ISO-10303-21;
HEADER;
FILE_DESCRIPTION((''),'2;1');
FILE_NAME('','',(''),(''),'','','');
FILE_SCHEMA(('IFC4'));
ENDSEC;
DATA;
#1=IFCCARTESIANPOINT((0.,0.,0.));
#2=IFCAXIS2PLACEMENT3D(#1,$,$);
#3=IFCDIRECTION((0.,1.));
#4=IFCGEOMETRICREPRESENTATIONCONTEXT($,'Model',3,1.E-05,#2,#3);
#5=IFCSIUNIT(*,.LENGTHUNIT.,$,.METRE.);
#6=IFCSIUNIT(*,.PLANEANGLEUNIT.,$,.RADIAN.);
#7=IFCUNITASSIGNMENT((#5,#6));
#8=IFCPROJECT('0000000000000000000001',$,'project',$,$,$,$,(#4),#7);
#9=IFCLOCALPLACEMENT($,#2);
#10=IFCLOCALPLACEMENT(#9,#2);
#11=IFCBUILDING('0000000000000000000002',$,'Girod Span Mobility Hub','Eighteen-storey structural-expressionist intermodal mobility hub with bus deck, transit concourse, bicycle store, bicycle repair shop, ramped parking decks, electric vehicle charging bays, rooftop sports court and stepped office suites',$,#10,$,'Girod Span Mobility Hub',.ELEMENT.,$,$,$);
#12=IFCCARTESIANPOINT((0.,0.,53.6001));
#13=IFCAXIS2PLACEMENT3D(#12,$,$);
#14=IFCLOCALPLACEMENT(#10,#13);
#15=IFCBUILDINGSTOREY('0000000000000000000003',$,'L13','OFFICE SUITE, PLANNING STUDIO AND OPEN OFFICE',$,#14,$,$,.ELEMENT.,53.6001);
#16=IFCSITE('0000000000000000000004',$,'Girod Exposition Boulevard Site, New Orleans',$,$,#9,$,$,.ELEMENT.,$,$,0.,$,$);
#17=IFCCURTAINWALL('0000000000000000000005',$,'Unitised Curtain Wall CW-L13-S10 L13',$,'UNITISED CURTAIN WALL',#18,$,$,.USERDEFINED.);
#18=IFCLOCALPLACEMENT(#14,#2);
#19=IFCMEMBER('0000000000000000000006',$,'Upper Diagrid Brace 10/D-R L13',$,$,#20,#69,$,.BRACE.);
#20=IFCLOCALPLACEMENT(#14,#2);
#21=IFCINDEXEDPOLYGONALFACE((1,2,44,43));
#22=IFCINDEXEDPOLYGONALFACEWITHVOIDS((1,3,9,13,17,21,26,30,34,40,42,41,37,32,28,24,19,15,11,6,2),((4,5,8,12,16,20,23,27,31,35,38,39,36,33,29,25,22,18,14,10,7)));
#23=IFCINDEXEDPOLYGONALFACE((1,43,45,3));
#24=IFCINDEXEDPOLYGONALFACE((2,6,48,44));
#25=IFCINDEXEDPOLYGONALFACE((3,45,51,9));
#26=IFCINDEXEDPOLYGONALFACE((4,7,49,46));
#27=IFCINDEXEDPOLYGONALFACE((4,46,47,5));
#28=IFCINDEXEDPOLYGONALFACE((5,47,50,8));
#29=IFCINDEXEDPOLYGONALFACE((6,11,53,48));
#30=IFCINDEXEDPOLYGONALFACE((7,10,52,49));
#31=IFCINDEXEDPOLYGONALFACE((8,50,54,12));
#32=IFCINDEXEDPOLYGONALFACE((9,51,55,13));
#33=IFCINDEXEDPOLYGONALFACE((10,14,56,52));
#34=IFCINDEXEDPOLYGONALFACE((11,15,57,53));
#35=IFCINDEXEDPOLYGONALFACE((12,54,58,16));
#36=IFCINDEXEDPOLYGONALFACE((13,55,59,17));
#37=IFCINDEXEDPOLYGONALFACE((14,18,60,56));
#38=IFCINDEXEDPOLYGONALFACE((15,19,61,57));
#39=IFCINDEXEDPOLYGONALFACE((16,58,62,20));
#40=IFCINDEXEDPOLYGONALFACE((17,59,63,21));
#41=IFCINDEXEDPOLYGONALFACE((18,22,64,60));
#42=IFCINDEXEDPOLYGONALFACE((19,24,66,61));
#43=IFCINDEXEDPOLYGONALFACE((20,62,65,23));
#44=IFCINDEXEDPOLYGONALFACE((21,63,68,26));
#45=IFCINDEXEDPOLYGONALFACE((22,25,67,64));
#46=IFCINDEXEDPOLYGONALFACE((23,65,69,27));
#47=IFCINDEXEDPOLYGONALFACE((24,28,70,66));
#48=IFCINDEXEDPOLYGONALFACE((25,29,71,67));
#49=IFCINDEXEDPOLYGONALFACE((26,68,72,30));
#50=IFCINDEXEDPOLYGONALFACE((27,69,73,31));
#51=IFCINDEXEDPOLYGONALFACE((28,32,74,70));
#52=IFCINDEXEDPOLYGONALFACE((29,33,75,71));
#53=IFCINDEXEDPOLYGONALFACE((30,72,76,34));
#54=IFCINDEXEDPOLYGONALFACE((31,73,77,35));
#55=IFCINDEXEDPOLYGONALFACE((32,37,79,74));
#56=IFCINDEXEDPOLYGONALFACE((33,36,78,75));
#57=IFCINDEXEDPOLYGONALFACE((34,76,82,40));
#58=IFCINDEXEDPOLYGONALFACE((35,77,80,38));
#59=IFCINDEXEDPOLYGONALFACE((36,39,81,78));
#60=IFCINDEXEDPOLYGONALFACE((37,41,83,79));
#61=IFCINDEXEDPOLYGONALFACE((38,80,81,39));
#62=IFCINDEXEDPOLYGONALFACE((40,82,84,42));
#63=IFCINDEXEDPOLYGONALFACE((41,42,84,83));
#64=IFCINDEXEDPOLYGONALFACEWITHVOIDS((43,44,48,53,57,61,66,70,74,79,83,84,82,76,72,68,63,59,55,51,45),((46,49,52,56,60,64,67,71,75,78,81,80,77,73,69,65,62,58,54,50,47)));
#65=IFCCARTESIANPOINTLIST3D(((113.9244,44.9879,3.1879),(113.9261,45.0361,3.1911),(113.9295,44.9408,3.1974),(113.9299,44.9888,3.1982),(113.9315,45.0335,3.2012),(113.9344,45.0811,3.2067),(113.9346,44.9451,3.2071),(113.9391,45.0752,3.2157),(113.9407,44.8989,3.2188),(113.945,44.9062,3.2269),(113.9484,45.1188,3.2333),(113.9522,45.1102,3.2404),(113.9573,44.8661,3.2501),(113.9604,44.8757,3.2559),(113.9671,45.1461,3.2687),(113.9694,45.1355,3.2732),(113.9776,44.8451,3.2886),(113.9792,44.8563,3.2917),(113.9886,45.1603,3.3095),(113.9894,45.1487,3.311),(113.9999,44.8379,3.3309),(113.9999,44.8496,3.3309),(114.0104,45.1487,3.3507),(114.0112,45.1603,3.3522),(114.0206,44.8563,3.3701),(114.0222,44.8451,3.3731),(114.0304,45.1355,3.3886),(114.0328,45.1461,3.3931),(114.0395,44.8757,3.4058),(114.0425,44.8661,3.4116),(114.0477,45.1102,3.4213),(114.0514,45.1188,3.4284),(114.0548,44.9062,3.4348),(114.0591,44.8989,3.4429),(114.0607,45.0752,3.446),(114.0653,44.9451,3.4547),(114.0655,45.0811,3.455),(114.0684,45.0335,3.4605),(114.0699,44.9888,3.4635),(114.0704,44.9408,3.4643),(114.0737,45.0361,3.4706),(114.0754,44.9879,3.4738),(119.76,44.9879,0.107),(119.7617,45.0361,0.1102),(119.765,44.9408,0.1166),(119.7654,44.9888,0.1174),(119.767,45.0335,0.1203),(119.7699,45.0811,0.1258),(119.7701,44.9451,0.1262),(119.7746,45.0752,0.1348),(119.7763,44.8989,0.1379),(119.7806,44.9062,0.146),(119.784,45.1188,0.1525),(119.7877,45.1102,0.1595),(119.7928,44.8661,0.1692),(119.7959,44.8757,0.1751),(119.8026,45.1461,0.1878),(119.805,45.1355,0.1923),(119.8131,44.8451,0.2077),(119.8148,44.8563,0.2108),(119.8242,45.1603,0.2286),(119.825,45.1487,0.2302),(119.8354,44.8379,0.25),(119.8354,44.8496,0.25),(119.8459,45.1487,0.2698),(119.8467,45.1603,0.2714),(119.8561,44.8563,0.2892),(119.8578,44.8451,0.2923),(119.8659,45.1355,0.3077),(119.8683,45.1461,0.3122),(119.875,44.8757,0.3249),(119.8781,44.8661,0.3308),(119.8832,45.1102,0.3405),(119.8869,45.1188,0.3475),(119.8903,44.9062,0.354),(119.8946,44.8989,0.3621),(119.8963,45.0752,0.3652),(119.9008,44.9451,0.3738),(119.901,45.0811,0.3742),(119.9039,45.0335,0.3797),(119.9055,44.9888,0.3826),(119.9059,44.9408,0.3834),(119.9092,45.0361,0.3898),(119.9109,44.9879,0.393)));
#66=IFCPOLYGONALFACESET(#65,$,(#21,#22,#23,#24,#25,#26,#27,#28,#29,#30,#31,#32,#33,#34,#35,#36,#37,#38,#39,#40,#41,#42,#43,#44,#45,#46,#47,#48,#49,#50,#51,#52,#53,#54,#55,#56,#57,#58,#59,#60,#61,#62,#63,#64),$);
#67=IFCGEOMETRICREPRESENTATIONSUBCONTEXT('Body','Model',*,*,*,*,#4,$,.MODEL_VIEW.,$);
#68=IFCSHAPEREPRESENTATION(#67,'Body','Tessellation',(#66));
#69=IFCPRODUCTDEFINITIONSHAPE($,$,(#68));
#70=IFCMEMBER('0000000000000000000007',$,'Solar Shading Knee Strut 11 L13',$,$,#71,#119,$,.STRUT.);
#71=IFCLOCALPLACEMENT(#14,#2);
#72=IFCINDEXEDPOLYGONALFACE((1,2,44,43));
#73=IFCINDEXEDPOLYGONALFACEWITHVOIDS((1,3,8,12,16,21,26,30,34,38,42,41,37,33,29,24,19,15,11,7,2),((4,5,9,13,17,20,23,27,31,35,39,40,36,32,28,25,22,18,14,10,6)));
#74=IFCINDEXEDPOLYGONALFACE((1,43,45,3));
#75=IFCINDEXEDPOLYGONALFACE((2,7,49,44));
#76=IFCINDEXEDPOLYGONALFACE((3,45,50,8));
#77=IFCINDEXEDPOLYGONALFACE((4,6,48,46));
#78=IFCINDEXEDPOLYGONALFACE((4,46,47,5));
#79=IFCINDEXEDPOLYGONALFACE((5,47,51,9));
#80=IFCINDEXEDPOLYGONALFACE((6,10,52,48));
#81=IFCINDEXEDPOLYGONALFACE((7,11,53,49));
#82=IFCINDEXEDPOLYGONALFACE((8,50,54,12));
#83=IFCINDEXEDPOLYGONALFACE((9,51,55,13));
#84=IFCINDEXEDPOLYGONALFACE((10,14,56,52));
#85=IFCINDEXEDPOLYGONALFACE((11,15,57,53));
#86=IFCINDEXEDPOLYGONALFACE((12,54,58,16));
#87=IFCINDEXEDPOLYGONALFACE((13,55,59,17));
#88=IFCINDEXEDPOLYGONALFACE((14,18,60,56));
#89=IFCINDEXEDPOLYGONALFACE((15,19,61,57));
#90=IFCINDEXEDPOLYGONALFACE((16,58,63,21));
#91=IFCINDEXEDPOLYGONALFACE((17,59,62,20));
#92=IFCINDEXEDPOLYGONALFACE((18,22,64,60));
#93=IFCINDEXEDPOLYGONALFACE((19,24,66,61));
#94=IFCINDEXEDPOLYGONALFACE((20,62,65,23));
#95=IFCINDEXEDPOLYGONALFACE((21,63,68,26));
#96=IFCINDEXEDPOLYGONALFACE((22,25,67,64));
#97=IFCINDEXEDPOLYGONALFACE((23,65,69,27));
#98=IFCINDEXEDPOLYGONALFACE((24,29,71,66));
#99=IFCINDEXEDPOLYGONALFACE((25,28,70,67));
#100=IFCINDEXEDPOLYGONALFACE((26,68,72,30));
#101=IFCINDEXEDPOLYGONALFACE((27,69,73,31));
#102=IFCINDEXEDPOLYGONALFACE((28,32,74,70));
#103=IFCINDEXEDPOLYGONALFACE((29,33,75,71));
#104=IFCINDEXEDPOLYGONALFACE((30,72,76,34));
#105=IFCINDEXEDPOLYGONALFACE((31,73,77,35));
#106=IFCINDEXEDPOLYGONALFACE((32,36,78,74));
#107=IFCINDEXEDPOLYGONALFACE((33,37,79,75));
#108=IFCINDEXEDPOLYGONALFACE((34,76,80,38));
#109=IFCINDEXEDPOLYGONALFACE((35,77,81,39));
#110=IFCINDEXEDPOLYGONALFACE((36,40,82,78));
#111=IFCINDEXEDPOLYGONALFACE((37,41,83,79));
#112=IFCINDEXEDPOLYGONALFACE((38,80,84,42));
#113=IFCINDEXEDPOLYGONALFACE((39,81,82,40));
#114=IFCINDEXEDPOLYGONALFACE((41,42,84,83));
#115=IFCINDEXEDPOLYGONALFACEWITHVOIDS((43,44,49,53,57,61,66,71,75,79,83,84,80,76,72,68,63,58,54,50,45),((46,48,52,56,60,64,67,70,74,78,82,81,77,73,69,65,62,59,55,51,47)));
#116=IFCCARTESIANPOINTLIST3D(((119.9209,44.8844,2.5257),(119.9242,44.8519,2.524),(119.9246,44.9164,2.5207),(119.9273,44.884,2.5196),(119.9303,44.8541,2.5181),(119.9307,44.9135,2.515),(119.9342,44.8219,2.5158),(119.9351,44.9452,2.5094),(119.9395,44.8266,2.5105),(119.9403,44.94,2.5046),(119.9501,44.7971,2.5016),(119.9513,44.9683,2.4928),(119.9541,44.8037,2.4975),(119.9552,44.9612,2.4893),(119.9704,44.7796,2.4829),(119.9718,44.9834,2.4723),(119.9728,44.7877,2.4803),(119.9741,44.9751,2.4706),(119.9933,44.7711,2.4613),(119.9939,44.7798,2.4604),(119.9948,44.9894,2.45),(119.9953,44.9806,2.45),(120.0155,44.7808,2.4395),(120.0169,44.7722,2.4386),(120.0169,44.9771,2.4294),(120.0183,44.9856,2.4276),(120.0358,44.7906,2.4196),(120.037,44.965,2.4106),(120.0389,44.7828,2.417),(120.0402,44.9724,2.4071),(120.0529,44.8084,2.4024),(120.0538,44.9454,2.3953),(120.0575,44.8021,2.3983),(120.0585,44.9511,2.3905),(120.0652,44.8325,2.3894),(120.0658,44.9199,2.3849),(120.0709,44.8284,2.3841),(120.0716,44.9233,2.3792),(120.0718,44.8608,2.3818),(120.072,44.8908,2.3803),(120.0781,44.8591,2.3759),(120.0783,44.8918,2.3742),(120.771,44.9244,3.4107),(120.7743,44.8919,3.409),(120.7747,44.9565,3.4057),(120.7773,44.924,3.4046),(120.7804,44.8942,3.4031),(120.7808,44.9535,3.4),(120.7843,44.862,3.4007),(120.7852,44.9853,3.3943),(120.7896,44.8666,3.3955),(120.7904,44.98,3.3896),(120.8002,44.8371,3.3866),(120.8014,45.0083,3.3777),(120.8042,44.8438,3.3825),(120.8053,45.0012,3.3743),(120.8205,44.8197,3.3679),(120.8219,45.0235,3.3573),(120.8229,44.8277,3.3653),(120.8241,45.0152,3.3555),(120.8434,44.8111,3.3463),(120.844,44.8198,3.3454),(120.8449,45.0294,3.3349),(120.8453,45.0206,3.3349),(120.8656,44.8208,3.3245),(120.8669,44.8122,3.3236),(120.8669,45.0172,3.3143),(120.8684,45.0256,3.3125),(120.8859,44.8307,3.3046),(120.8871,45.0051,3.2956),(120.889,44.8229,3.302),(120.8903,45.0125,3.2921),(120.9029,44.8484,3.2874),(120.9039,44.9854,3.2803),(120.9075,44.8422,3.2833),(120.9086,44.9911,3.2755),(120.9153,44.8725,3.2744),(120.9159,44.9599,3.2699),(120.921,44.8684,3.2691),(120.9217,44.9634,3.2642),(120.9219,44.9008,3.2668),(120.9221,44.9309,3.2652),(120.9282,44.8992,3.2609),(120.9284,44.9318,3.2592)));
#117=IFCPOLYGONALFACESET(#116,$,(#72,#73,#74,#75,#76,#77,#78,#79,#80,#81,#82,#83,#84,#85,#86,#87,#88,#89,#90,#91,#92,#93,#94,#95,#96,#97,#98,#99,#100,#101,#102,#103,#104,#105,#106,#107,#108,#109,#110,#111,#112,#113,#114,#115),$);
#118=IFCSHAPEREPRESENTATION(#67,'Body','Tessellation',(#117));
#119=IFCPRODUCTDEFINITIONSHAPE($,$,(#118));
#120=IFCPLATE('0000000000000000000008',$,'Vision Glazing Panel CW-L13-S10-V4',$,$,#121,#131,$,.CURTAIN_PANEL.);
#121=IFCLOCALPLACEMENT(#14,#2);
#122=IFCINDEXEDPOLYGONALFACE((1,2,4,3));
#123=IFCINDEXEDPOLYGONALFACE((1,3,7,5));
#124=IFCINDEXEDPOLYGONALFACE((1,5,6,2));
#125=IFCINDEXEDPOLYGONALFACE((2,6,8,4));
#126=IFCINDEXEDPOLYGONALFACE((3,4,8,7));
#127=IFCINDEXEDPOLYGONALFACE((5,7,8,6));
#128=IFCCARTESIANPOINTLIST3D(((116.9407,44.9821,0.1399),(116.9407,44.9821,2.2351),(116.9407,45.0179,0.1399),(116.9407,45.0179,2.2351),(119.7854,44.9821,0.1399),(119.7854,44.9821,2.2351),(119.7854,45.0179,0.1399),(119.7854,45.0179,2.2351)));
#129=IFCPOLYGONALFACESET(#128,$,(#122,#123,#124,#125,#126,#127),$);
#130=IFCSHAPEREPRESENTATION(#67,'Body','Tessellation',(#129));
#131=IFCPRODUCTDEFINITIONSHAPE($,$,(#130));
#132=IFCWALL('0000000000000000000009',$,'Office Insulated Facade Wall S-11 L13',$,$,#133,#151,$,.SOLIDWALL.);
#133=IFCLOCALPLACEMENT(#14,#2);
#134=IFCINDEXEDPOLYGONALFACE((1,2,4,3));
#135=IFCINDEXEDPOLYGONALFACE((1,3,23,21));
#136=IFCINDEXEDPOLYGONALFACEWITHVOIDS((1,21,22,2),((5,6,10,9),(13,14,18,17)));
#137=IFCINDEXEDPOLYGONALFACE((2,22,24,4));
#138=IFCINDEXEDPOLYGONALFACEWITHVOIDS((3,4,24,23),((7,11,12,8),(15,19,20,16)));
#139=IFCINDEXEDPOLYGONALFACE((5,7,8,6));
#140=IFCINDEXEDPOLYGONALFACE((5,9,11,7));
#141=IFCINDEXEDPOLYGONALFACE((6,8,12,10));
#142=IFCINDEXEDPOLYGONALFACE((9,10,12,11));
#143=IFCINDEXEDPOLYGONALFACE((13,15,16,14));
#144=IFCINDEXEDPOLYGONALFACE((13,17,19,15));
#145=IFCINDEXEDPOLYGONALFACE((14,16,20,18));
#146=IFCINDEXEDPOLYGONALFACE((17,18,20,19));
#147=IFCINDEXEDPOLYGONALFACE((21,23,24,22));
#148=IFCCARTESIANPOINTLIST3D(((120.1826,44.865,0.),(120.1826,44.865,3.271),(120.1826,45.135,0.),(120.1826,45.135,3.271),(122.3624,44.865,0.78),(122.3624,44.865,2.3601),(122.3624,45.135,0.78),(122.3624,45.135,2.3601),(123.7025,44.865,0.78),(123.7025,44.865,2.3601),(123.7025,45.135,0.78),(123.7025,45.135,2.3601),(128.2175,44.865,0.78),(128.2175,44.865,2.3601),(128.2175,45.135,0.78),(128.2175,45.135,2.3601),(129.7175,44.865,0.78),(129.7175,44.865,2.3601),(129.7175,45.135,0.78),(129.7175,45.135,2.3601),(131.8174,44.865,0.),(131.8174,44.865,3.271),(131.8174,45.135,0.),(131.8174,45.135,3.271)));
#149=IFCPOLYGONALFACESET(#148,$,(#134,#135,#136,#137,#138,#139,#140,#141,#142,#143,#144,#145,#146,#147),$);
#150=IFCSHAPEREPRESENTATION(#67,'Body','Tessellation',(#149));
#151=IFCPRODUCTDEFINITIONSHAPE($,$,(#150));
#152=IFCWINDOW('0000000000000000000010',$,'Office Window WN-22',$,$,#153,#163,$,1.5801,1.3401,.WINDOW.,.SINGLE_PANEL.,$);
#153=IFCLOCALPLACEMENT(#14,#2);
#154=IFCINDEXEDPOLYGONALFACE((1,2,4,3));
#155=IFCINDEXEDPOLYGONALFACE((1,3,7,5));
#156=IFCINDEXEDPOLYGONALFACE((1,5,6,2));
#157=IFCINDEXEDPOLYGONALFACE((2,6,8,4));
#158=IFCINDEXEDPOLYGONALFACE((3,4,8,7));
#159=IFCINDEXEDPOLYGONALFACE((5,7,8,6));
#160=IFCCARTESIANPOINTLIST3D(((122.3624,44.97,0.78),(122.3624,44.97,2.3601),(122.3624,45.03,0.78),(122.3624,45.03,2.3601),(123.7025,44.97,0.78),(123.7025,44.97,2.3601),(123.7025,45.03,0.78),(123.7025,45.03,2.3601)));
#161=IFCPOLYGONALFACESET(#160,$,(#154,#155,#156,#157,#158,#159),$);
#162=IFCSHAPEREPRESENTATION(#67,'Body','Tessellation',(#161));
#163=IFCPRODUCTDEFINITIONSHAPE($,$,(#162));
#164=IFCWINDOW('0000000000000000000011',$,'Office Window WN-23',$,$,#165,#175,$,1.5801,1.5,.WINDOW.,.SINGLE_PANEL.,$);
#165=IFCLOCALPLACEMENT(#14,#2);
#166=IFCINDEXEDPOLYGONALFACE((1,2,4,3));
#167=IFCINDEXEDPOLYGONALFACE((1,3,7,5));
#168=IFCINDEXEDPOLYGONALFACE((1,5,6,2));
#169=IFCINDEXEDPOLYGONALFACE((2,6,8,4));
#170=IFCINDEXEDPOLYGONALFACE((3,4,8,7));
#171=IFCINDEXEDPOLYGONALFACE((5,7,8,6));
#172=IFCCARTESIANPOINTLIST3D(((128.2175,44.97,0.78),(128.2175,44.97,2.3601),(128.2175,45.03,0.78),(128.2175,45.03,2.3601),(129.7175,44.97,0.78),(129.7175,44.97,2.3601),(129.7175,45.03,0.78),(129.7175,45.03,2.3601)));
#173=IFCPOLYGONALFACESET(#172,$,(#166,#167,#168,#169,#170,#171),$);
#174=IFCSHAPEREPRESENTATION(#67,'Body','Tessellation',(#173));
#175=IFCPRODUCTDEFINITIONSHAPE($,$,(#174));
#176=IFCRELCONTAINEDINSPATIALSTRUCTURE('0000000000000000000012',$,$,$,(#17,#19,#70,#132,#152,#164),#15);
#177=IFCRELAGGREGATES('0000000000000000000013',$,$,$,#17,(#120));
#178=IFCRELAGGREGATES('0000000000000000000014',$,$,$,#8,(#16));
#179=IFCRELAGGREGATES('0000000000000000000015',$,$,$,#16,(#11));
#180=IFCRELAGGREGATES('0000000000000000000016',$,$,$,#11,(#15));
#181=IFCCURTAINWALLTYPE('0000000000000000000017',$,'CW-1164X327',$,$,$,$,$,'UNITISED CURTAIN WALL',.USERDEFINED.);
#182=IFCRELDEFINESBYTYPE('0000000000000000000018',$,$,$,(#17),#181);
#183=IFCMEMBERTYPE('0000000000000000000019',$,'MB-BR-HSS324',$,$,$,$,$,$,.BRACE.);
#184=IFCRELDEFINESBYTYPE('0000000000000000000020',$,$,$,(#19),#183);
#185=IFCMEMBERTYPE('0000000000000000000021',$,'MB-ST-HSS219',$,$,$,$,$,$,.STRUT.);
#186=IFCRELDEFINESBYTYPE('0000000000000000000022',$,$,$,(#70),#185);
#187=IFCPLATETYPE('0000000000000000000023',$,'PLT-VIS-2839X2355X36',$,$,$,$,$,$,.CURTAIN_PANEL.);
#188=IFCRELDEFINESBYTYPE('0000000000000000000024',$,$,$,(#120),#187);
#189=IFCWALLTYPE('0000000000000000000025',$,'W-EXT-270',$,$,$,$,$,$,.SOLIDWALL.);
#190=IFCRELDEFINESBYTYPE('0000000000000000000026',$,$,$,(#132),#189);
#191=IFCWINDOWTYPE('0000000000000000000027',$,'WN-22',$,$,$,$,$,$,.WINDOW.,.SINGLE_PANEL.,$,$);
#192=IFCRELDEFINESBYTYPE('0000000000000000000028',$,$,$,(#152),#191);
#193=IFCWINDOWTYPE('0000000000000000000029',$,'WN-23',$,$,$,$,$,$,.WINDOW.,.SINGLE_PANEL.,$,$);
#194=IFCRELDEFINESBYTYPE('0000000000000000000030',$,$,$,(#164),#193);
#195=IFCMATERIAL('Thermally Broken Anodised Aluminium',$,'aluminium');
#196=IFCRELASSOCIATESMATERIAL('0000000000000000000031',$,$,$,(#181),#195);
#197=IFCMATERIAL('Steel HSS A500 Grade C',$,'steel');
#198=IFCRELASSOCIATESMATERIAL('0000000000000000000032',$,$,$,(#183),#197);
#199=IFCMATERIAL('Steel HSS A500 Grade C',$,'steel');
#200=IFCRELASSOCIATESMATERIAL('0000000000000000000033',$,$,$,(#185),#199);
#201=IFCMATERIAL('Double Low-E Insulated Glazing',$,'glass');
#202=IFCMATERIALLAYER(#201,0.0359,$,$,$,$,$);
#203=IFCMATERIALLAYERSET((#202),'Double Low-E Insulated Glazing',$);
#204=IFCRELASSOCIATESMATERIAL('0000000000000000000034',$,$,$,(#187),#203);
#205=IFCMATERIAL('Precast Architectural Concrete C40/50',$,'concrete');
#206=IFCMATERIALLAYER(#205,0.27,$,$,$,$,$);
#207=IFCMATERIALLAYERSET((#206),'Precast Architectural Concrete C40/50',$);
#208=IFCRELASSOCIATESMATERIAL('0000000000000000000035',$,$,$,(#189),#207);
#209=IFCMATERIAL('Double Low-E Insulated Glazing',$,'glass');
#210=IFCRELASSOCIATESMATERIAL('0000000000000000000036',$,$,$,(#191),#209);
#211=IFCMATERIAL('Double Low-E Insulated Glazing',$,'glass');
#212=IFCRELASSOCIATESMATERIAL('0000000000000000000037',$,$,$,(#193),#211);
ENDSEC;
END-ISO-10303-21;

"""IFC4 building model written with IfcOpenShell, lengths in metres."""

from ifc_helpers import new_model, si_unit, direction, frame, frame_2d, origin, origin_2d, place, context, subcontext, project, spatial, rectangle, hollow_circle, extrude, material, layer, layer_set, material_profile, profile_set, type_object, element, fill, aggregate, save


model = new_model("IFC4")

# Units and contexts
model_context = context("Model", 3, precision=1e-05, world=origin(), true_north=direction((0.0, 1.0)))
body_context = subcontext(model_context, "Body", "Model", "MODEL_VIEW")
ifc_project = project(units=[si_unit("LENGTHUNIT", "METRE"), si_unit("PLANEANGLEUNIT", "RADIAN")], contexts=[model_context])

# Site, building, storey
site_placement = place(None, origin())
site = spatial("IfcSite", under=ifc_project, at=site_placement, Name="Girod Exposition Boulevard Site, New Orleans", CompositionType="ELEMENT", RefElevation=0.0)
building_placement = place(site_placement, origin())
building = spatial("IfcBuilding", under=site, at=building_placement, Name="Girod Span Mobility Hub", Description="Eighteen-storey structural-expressionist intermodal mobility hub with bus deck, transit concourse, bicycle store, bicycle repair shop, ramped parking decks, electric vehicle charging bays, rooftop sports court and stepped office suites", LongName="Girod Span Mobility Hub", CompositionType="ELEMENT")
storey_placement = place(building_placement, frame((0.0, 0.0, 53.6001)))
storey = spatial("IfcBuildingStorey", under=building, at=storey_placement, Name="L13", Description="OFFICE SUITE, PLANNING STUDIO AND OPEN OFFICE", CompositionType="ELEMENT", Elevation=53.6001)

# Curtain wall
ifc_material_1 = material(Name="Thermally Broken Anodised Aluminium", Category="aluminium")
curtain_wall_type = type_object("IfcCurtainWallType", Name="CW-1164X327", ElementType="UNITISED CURTAIN WALL", PredefinedType="USERDEFINED", material=ifc_material_1)
curtain_wall_placement = place(storey_placement, origin())
curtain_wall = element("IfcCurtainWall", 1, at=curtain_wall_placement, inside=storey, type_object=curtain_wall_type, Name="Unitised Curtain Wall CW-L13-S10 L13", ObjectType="UNITISED CURTAIN WALL", PredefinedType="USERDEFINED")

# Members
ifc_material_2 = material(Name="Steel HSS A500 Grade C", Category="steel")
ifc_material_profile_1 = material_profile(ifc_material_2, hollow_circle(Radius=0.1621, WallThickness=0.0117, at=origin_2d()), Name="HSS324X12.7")
ifc_profile_set_1 = profile_set([ifc_material_profile_1], Name="Steel HSS A500 Grade C")
member_type_1 = type_object("IfcMemberType", Name="MB-BR-HSS324", PredefinedType="BRACE", material=ifc_profile_set_1)
member_1_placement = place(storey_placement, frame((119.8354, 45.0, 0.25), z_axis=(-0.884323, 0.0, 0.466876), x_axis=(0.0, -1.0, 0.0)))
element("IfcMember", 2, at=member_1_placement, inside=storey, type_object=member_type_1, Name="Upper Diagrid Brace 10/D-R L13", PredefinedType="BRACE", context=body_context, shape_type="SweptSolid", body=[
    extrude(hollow_circle(Radius=0.1621, WallThickness=0.0117, at=origin_2d()), origin(), (0.0, 0.0, 1.0), 6.5989),
])
ifc_material_3 = material(Name="Steel HSS A500 Grade C", Category="steel")
ifc_material_profile_2 = material_profile(ifc_material_3, hollow_circle(Radius=0.1096, WallThickness=0.0088, at=origin_2d()), Name="HSS219X9.5")
ifc_profile_set_2 = profile_set([ifc_material_profile_2], Name="Steel HSS A500 Grade C")
member_type_2 = type_object("IfcMemberType", Name="MB-ST-HSS219", PredefinedType="STRUT", material=ifc_profile_set_2)
member_2_placement = place(storey_placement, frame((120.0, 44.8799, 2.45), z_axis=(0.69237, 0.03261, 0.720805), x_axis=(-0.047047, 0.998893, 0.0)))
element("IfcMember", 3, at=member_2_placement, inside=storey, type_object=member_type_2, Name="Solar Shading Knee Strut 11 L13", PredefinedType="STRUT", context=body_context, shape_type="SweptSolid", body=[
    extrude(hollow_circle(Radius=0.1096, WallThickness=0.0088, at=origin_2d()), origin(), (0.0, 0.0, 1.0), 1.2278),
])

# Plate
ifc_material_4 = material(Name="Double Low-E Insulated Glazing", Category="glass")
ifc_layer_1 = layer(ifc_material_4, 0.0359)
ifc_layer_set_1 = layer_set([ifc_layer_1], Name="Double Low-E Insulated Glazing")
plate_type = type_object("IfcPlateType", Name="PLT-VIS-2839X2355X36", PredefinedType="CURTAIN_PANEL", material=ifc_layer_set_1)
plate_placement = place(storey_placement, frame((118.363, 45.0, 0.1399), z_axis=(0.0, 0.0, 1.0), x_axis=(1.0, 0.0, 0.0)))
plate = element("IfcPlate", 4, at=plate_placement, type_object=plate_type, Name="Vision Glazing Panel CW-L13-S10-V4", PredefinedType="CURTAIN_PANEL", context=body_context, shape_type="SweptSolid", body=[
    extrude(rectangle(XDim=2.8447, YDim=0.0359, at=origin_2d()), origin(), (0.0, 0.0, 1.0), 2.0952),
])
aggregate(curtain_wall, [plate])

# Wall, openings, windows
ifc_material_5 = material(Name="Precast Architectural Concrete C40/50", Category="concrete")
ifc_layer_2 = layer(ifc_material_5, 0.27)
ifc_layer_set_2 = layer_set([ifc_layer_2], Name="Precast Architectural Concrete C40/50")
wall_type = type_object("IfcWallType", Name="W-EXT-270", PredefinedType="SOLIDWALL", material=ifc_layer_set_2)
wall_1_placement = place(storey_placement, frame((120.1826, 45.0, 0.0), z_axis=(0.0, 0.0, 1.0), x_axis=(1.0, 0.0, 0.0)))
wall_1 = element("IfcWall", 5, at=wall_1_placement, inside=storey, type_object=wall_type, Name="Office Insulated Facade Wall S-11 L13", PredefinedType="SOLIDWALL", context=body_context, shape_type="SweptSolid", body=[
    extrude(rectangle(XDim=11.6348, YDim=0.27, at=frame_2d((5.8174, 0.0))), origin(), (0.0, 0.0, 1.0), 3.271),
])
opening_1_placement = place(wall_1_placement, frame((2.1799, 0.0, 0.78)))
opening_1 = element("IfcOpeningElement", 6, at=opening_1_placement, cuts=wall_1, PredefinedType="OPENING", context=body_context, shape_type="SweptSolid", body=[
    extrude(rectangle(XDim=1.3401, YDim=1.5801, at=frame_2d((0.6699, 0.79))), frame((0.0, 0.1499, 0.0), z_axis=(0.0, -1.0, 0.0), x_axis=(1.0, 0.0, 0.0)), (0.0, 0.0, 1.0), 0.3),
])
opening_2_placement = place(wall_1_placement, frame((8.0349, 0.0, 0.78)))
opening_2 = element("IfcOpeningElement", 7, at=opening_2_placement, cuts=wall_1, PredefinedType="OPENING", context=body_context, shape_type="SweptSolid", body=[
    extrude(rectangle(XDim=1.5, YDim=1.5801, at=frame_2d((0.75, 0.79))), frame((0.0, 0.1499, 0.0), z_axis=(0.0, -1.0, 0.0), x_axis=(1.0, 0.0, 0.0)), (0.0, 0.0, 1.0), 0.3),
])
ifc_material_6 = material(Name="Double Low-E Insulated Glazing", Category="glass")
window_type_1 = type_object("IfcWindowType", Name="WN-22", PartitioningType="SINGLE_PANEL", PredefinedType="WINDOW", material=ifc_material_6)
window_1_placement = place(opening_1_placement, origin())
window_1 = element("IfcWindow", 8, at=window_1_placement, inside=storey, type_object=window_type_1, Name="Office Window WN-22", OverallHeight=1.5801, OverallWidth=1.3401, PartitioningType="SINGLE_PANEL", PredefinedType="WINDOW", context=body_context, shape_type="SweptSolid", body=[
    extrude(rectangle(XDim=1.3401, YDim=1.5801, at=frame_2d((0.6699, 0.79))), frame((0.0, 0.03, 0.0), z_axis=(0.0, -1.0, 0.0), x_axis=(1.0, 0.0, 0.0)), (0.0, 0.0, 1.0), 0.0601),
])
fill(opening_1, window_1)
ifc_material_7 = material(Name="Double Low-E Insulated Glazing", Category="glass")
window_type_2 = type_object("IfcWindowType", Name="WN-23", PartitioningType="SINGLE_PANEL", PredefinedType="WINDOW", material=ifc_material_7)
window_2_placement = place(opening_2_placement, origin())
window_2 = element("IfcWindow", 9, at=window_2_placement, inside=storey, type_object=window_type_2, Name="Office Window WN-23", OverallHeight=1.5801, OverallWidth=1.5, PartitioningType="SINGLE_PANEL", PredefinedType="WINDOW", context=body_context, shape_type="SweptSolid", body=[
    extrude(rectangle(XDim=1.5, YDim=1.5801, at=frame_2d((0.75, 0.79))), frame((0.0, 0.03, 0.0), z_axis=(0.0, -1.0, 0.0), x_axis=(1.0, 0.0, 0.0)), (0.0, 0.0, 1.0), 0.0601),
])
fill(opening_2, window_2)

save(model, "model.ifc")
